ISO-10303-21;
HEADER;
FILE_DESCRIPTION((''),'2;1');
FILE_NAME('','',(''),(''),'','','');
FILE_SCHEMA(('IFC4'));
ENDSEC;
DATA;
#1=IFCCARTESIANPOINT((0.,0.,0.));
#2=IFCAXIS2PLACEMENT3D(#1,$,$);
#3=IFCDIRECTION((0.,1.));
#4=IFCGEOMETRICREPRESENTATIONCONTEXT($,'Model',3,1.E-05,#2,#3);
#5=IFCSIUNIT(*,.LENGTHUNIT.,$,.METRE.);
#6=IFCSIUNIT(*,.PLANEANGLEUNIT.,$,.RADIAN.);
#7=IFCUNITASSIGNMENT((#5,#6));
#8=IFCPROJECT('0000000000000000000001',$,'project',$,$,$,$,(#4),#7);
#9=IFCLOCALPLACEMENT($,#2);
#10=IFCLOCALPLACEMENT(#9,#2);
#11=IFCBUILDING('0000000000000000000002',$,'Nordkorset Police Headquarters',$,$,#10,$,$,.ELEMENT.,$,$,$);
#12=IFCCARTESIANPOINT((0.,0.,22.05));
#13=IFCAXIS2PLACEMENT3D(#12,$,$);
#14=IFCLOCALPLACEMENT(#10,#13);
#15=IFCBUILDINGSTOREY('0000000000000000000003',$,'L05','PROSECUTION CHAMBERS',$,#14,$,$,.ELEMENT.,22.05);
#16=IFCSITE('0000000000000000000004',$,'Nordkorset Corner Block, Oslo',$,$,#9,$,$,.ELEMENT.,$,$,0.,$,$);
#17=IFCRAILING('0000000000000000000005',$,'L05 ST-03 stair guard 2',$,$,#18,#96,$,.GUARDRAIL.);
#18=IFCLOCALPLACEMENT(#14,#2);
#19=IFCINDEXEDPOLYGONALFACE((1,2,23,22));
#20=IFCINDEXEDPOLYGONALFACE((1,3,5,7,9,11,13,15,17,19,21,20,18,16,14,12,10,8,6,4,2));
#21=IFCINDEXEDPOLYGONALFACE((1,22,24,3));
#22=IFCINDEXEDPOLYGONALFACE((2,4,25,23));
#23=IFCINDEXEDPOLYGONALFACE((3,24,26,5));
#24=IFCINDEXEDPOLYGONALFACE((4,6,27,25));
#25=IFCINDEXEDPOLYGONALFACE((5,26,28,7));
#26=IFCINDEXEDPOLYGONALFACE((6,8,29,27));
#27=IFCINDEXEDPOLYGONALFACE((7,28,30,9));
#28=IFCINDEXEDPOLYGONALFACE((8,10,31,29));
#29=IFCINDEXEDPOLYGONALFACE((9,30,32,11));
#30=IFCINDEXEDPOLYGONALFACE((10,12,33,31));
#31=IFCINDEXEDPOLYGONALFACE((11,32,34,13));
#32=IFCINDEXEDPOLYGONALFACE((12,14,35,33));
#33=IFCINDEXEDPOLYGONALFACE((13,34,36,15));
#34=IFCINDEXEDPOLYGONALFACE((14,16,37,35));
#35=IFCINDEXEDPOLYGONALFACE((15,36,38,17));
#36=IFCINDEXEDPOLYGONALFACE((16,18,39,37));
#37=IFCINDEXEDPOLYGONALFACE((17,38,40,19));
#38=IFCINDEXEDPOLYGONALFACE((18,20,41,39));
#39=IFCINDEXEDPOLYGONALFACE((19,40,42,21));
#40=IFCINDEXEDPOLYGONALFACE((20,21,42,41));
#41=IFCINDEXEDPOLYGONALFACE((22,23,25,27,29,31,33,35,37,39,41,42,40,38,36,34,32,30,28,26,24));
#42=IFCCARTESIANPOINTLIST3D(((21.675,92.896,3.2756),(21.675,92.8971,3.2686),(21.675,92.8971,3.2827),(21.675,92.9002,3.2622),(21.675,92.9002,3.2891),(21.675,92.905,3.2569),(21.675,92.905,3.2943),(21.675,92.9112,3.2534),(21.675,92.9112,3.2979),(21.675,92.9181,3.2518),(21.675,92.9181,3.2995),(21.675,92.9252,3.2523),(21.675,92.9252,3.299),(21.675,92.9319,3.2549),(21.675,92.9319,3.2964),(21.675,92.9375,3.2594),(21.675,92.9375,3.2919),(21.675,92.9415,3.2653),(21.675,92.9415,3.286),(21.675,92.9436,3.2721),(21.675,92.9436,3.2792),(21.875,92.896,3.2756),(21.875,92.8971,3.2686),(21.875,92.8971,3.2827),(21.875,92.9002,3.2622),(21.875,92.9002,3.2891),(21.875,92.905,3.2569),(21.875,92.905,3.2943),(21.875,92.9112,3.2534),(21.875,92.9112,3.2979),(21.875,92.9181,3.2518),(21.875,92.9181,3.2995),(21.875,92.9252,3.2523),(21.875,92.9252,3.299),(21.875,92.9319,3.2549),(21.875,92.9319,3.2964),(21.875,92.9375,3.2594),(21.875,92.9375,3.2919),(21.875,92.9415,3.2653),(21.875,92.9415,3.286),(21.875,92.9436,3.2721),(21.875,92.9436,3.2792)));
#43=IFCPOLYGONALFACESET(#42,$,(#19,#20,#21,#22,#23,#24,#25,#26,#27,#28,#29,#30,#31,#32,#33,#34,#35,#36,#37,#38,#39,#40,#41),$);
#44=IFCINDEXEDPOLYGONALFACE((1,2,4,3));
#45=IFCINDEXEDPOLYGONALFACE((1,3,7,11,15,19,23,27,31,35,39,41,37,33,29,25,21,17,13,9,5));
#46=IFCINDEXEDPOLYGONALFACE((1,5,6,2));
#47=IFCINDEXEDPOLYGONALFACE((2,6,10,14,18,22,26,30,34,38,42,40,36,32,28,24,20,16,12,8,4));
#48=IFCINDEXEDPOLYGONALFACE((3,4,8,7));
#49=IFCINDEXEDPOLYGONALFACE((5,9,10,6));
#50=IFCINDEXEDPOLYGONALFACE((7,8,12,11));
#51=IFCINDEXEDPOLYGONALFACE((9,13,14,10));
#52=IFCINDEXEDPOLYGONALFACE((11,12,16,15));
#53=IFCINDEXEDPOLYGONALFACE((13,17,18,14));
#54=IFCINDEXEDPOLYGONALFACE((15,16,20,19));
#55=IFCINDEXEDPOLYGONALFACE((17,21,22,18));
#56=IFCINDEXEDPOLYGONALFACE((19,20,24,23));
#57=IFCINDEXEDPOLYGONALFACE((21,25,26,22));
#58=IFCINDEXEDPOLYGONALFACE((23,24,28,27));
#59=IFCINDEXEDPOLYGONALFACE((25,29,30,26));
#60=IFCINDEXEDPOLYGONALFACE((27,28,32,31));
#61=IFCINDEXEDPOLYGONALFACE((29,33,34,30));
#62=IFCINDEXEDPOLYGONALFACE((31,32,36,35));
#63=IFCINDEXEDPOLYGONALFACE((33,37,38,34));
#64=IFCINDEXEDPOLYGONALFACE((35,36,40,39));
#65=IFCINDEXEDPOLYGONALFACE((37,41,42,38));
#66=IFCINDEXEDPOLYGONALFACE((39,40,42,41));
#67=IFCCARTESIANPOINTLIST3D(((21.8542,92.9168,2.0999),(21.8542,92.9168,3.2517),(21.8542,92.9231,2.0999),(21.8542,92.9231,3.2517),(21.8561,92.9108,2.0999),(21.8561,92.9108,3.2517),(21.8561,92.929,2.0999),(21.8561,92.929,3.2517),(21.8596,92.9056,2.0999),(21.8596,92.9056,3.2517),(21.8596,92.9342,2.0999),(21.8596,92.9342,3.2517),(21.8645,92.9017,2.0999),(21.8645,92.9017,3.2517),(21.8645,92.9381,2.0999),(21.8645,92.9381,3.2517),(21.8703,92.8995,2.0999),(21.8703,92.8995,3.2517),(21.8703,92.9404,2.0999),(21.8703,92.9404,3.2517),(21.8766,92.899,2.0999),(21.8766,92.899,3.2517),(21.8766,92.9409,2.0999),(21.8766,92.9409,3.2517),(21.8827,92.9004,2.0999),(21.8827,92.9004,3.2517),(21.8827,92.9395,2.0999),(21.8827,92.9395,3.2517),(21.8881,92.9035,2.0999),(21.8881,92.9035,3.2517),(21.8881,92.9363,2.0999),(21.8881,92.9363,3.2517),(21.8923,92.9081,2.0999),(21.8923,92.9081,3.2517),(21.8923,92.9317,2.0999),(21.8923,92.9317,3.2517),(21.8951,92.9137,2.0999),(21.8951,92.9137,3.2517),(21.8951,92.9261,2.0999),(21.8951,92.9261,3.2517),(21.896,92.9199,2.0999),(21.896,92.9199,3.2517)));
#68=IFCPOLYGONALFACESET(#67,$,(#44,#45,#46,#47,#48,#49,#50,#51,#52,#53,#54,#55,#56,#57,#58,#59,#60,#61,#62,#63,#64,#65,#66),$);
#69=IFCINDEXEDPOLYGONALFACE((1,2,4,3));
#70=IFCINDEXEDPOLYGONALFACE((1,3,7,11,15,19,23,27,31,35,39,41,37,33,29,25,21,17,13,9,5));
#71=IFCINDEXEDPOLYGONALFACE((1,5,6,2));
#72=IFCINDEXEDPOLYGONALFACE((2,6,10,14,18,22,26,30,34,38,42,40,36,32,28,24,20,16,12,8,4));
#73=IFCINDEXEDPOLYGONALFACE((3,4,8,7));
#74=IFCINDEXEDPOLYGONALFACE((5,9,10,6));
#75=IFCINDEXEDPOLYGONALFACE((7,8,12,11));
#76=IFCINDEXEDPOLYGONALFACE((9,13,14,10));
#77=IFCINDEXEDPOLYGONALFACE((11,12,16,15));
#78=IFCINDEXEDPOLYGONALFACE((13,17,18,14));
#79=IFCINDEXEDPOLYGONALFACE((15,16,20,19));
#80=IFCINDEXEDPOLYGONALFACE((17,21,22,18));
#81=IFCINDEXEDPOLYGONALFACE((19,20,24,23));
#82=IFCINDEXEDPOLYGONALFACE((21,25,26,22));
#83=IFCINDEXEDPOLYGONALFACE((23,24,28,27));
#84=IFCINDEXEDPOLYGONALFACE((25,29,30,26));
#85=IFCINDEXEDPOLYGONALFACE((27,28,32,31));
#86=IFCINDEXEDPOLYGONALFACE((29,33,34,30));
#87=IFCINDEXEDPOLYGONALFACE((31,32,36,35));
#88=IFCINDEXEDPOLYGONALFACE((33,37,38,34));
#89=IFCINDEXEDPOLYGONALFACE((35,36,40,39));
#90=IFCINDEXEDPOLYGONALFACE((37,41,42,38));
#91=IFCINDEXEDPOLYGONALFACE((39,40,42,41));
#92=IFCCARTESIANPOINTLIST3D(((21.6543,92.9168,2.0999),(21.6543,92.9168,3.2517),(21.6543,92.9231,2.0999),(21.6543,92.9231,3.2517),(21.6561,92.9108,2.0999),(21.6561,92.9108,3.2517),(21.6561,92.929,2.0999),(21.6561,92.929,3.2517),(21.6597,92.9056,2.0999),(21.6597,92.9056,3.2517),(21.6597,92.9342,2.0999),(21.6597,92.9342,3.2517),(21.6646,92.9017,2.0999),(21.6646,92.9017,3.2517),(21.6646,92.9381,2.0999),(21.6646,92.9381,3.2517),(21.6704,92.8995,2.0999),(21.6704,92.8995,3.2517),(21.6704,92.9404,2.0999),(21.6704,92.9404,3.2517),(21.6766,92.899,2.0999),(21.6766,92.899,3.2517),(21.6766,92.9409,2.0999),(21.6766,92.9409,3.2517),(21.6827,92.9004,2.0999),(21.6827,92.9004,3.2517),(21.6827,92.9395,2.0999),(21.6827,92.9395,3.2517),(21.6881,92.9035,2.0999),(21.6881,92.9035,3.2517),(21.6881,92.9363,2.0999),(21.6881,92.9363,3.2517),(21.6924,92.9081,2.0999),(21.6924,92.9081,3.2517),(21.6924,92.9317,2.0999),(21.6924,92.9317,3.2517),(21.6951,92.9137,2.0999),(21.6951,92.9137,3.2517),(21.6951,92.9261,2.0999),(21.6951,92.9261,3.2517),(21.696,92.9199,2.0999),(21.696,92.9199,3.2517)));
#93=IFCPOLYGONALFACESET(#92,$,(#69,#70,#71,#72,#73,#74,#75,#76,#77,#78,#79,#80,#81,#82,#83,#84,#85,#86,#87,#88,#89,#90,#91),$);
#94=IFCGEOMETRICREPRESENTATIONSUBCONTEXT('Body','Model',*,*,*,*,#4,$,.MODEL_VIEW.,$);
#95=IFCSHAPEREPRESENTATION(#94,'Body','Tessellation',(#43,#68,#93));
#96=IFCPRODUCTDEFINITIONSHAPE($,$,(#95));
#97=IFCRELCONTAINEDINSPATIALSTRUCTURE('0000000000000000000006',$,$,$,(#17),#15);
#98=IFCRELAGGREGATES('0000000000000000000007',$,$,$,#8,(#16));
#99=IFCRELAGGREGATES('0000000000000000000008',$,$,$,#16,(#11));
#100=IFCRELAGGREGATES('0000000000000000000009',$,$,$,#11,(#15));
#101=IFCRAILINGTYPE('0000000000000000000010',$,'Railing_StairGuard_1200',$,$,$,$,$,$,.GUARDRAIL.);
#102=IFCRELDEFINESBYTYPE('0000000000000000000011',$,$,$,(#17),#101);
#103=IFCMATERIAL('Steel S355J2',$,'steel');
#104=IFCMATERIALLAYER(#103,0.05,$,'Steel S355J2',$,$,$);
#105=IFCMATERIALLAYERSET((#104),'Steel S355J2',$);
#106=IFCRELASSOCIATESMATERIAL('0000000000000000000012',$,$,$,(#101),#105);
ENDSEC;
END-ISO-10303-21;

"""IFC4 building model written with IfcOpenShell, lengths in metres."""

from ifc_helpers import new_model, si_unit, direction, frame, origin, origin_2d, place, context, subcontext, project, spatial, circle, extrude, material, layer, layer_set, type_object, element, save


model = new_model("IFC4")

# Units and contexts
model_context = context("Model", 3, precision=1e-05, world=origin(), true_north=direction((0.0, 1.0)))
body_context = subcontext(model_context, "Body", "Model", "MODEL_VIEW")
ifc_project = project(units=[si_unit("LENGTHUNIT", "METRE"), si_unit("PLANEANGLEUNIT", "RADIAN")], contexts=[model_context])

# Site, building, storey
site_placement = place(None, origin())
site = spatial("IfcSite", under=ifc_project, at=site_placement, Name="Nordkorset Corner Block, Oslo", CompositionType="ELEMENT", RefElevation=0.0)
building_placement = place(site_placement, origin())
building = spatial("IfcBuilding", under=site, at=building_placement, Name="Nordkorset Police Headquarters", CompositionType="ELEMENT")
storey_placement = place(building_placement, frame((0.0, 0.0, 22.05)))
storey = spatial("IfcBuildingStorey", under=building, at=storey_placement, Name="L05", Description="PROSECUTION CHAMBERS", CompositionType="ELEMENT", Elevation=22.05)

# Railing
ifc_material_1 = material(Name="Steel S355J2", Category="steel")
ifc_layer_1 = layer(ifc_material_1, 0.05, Name="Steel S355J2")
ifc_layer_set_1 = layer_set([ifc_layer_1], Name="Steel S355J2")
railing_type_1 = type_object("IfcRailingType", Name="Railing_StairGuard_1200", PredefinedType="GUARDRAIL", material=ifc_layer_set_1)
railing_1_placement = place(storey_placement, frame((21.875, 92.9199, 2.0999)))
element("IfcRailing", 1, at=railing_1_placement, inside=storey, type_object=railing_type_1, Name="L05 ST-03 stair guard 2", PredefinedType="GUARDRAIL", context=body_context, shape_type="SweptSolid", body=[
    extrude(circle(Radius=0.0239, at=origin_2d()), frame((0.0, 0.0, 1.1758), z_axis=(-1.0, 0.0, 0.0), x_axis=(0.0, -1.0, 0.0)), (0.0, 0.0, 1.0), 0.2),
    extrude(circle(Radius=0.021, at=origin_2d()), origin(), (0.0, 0.0, 1.0), 1.1519),
    extrude(circle(Radius=0.021, at=origin_2d()), frame((-0.2, 0.0, 0.0)), (0.0, 0.0, 1.0), 1.1519),
])

save(model, "model.ifc")
